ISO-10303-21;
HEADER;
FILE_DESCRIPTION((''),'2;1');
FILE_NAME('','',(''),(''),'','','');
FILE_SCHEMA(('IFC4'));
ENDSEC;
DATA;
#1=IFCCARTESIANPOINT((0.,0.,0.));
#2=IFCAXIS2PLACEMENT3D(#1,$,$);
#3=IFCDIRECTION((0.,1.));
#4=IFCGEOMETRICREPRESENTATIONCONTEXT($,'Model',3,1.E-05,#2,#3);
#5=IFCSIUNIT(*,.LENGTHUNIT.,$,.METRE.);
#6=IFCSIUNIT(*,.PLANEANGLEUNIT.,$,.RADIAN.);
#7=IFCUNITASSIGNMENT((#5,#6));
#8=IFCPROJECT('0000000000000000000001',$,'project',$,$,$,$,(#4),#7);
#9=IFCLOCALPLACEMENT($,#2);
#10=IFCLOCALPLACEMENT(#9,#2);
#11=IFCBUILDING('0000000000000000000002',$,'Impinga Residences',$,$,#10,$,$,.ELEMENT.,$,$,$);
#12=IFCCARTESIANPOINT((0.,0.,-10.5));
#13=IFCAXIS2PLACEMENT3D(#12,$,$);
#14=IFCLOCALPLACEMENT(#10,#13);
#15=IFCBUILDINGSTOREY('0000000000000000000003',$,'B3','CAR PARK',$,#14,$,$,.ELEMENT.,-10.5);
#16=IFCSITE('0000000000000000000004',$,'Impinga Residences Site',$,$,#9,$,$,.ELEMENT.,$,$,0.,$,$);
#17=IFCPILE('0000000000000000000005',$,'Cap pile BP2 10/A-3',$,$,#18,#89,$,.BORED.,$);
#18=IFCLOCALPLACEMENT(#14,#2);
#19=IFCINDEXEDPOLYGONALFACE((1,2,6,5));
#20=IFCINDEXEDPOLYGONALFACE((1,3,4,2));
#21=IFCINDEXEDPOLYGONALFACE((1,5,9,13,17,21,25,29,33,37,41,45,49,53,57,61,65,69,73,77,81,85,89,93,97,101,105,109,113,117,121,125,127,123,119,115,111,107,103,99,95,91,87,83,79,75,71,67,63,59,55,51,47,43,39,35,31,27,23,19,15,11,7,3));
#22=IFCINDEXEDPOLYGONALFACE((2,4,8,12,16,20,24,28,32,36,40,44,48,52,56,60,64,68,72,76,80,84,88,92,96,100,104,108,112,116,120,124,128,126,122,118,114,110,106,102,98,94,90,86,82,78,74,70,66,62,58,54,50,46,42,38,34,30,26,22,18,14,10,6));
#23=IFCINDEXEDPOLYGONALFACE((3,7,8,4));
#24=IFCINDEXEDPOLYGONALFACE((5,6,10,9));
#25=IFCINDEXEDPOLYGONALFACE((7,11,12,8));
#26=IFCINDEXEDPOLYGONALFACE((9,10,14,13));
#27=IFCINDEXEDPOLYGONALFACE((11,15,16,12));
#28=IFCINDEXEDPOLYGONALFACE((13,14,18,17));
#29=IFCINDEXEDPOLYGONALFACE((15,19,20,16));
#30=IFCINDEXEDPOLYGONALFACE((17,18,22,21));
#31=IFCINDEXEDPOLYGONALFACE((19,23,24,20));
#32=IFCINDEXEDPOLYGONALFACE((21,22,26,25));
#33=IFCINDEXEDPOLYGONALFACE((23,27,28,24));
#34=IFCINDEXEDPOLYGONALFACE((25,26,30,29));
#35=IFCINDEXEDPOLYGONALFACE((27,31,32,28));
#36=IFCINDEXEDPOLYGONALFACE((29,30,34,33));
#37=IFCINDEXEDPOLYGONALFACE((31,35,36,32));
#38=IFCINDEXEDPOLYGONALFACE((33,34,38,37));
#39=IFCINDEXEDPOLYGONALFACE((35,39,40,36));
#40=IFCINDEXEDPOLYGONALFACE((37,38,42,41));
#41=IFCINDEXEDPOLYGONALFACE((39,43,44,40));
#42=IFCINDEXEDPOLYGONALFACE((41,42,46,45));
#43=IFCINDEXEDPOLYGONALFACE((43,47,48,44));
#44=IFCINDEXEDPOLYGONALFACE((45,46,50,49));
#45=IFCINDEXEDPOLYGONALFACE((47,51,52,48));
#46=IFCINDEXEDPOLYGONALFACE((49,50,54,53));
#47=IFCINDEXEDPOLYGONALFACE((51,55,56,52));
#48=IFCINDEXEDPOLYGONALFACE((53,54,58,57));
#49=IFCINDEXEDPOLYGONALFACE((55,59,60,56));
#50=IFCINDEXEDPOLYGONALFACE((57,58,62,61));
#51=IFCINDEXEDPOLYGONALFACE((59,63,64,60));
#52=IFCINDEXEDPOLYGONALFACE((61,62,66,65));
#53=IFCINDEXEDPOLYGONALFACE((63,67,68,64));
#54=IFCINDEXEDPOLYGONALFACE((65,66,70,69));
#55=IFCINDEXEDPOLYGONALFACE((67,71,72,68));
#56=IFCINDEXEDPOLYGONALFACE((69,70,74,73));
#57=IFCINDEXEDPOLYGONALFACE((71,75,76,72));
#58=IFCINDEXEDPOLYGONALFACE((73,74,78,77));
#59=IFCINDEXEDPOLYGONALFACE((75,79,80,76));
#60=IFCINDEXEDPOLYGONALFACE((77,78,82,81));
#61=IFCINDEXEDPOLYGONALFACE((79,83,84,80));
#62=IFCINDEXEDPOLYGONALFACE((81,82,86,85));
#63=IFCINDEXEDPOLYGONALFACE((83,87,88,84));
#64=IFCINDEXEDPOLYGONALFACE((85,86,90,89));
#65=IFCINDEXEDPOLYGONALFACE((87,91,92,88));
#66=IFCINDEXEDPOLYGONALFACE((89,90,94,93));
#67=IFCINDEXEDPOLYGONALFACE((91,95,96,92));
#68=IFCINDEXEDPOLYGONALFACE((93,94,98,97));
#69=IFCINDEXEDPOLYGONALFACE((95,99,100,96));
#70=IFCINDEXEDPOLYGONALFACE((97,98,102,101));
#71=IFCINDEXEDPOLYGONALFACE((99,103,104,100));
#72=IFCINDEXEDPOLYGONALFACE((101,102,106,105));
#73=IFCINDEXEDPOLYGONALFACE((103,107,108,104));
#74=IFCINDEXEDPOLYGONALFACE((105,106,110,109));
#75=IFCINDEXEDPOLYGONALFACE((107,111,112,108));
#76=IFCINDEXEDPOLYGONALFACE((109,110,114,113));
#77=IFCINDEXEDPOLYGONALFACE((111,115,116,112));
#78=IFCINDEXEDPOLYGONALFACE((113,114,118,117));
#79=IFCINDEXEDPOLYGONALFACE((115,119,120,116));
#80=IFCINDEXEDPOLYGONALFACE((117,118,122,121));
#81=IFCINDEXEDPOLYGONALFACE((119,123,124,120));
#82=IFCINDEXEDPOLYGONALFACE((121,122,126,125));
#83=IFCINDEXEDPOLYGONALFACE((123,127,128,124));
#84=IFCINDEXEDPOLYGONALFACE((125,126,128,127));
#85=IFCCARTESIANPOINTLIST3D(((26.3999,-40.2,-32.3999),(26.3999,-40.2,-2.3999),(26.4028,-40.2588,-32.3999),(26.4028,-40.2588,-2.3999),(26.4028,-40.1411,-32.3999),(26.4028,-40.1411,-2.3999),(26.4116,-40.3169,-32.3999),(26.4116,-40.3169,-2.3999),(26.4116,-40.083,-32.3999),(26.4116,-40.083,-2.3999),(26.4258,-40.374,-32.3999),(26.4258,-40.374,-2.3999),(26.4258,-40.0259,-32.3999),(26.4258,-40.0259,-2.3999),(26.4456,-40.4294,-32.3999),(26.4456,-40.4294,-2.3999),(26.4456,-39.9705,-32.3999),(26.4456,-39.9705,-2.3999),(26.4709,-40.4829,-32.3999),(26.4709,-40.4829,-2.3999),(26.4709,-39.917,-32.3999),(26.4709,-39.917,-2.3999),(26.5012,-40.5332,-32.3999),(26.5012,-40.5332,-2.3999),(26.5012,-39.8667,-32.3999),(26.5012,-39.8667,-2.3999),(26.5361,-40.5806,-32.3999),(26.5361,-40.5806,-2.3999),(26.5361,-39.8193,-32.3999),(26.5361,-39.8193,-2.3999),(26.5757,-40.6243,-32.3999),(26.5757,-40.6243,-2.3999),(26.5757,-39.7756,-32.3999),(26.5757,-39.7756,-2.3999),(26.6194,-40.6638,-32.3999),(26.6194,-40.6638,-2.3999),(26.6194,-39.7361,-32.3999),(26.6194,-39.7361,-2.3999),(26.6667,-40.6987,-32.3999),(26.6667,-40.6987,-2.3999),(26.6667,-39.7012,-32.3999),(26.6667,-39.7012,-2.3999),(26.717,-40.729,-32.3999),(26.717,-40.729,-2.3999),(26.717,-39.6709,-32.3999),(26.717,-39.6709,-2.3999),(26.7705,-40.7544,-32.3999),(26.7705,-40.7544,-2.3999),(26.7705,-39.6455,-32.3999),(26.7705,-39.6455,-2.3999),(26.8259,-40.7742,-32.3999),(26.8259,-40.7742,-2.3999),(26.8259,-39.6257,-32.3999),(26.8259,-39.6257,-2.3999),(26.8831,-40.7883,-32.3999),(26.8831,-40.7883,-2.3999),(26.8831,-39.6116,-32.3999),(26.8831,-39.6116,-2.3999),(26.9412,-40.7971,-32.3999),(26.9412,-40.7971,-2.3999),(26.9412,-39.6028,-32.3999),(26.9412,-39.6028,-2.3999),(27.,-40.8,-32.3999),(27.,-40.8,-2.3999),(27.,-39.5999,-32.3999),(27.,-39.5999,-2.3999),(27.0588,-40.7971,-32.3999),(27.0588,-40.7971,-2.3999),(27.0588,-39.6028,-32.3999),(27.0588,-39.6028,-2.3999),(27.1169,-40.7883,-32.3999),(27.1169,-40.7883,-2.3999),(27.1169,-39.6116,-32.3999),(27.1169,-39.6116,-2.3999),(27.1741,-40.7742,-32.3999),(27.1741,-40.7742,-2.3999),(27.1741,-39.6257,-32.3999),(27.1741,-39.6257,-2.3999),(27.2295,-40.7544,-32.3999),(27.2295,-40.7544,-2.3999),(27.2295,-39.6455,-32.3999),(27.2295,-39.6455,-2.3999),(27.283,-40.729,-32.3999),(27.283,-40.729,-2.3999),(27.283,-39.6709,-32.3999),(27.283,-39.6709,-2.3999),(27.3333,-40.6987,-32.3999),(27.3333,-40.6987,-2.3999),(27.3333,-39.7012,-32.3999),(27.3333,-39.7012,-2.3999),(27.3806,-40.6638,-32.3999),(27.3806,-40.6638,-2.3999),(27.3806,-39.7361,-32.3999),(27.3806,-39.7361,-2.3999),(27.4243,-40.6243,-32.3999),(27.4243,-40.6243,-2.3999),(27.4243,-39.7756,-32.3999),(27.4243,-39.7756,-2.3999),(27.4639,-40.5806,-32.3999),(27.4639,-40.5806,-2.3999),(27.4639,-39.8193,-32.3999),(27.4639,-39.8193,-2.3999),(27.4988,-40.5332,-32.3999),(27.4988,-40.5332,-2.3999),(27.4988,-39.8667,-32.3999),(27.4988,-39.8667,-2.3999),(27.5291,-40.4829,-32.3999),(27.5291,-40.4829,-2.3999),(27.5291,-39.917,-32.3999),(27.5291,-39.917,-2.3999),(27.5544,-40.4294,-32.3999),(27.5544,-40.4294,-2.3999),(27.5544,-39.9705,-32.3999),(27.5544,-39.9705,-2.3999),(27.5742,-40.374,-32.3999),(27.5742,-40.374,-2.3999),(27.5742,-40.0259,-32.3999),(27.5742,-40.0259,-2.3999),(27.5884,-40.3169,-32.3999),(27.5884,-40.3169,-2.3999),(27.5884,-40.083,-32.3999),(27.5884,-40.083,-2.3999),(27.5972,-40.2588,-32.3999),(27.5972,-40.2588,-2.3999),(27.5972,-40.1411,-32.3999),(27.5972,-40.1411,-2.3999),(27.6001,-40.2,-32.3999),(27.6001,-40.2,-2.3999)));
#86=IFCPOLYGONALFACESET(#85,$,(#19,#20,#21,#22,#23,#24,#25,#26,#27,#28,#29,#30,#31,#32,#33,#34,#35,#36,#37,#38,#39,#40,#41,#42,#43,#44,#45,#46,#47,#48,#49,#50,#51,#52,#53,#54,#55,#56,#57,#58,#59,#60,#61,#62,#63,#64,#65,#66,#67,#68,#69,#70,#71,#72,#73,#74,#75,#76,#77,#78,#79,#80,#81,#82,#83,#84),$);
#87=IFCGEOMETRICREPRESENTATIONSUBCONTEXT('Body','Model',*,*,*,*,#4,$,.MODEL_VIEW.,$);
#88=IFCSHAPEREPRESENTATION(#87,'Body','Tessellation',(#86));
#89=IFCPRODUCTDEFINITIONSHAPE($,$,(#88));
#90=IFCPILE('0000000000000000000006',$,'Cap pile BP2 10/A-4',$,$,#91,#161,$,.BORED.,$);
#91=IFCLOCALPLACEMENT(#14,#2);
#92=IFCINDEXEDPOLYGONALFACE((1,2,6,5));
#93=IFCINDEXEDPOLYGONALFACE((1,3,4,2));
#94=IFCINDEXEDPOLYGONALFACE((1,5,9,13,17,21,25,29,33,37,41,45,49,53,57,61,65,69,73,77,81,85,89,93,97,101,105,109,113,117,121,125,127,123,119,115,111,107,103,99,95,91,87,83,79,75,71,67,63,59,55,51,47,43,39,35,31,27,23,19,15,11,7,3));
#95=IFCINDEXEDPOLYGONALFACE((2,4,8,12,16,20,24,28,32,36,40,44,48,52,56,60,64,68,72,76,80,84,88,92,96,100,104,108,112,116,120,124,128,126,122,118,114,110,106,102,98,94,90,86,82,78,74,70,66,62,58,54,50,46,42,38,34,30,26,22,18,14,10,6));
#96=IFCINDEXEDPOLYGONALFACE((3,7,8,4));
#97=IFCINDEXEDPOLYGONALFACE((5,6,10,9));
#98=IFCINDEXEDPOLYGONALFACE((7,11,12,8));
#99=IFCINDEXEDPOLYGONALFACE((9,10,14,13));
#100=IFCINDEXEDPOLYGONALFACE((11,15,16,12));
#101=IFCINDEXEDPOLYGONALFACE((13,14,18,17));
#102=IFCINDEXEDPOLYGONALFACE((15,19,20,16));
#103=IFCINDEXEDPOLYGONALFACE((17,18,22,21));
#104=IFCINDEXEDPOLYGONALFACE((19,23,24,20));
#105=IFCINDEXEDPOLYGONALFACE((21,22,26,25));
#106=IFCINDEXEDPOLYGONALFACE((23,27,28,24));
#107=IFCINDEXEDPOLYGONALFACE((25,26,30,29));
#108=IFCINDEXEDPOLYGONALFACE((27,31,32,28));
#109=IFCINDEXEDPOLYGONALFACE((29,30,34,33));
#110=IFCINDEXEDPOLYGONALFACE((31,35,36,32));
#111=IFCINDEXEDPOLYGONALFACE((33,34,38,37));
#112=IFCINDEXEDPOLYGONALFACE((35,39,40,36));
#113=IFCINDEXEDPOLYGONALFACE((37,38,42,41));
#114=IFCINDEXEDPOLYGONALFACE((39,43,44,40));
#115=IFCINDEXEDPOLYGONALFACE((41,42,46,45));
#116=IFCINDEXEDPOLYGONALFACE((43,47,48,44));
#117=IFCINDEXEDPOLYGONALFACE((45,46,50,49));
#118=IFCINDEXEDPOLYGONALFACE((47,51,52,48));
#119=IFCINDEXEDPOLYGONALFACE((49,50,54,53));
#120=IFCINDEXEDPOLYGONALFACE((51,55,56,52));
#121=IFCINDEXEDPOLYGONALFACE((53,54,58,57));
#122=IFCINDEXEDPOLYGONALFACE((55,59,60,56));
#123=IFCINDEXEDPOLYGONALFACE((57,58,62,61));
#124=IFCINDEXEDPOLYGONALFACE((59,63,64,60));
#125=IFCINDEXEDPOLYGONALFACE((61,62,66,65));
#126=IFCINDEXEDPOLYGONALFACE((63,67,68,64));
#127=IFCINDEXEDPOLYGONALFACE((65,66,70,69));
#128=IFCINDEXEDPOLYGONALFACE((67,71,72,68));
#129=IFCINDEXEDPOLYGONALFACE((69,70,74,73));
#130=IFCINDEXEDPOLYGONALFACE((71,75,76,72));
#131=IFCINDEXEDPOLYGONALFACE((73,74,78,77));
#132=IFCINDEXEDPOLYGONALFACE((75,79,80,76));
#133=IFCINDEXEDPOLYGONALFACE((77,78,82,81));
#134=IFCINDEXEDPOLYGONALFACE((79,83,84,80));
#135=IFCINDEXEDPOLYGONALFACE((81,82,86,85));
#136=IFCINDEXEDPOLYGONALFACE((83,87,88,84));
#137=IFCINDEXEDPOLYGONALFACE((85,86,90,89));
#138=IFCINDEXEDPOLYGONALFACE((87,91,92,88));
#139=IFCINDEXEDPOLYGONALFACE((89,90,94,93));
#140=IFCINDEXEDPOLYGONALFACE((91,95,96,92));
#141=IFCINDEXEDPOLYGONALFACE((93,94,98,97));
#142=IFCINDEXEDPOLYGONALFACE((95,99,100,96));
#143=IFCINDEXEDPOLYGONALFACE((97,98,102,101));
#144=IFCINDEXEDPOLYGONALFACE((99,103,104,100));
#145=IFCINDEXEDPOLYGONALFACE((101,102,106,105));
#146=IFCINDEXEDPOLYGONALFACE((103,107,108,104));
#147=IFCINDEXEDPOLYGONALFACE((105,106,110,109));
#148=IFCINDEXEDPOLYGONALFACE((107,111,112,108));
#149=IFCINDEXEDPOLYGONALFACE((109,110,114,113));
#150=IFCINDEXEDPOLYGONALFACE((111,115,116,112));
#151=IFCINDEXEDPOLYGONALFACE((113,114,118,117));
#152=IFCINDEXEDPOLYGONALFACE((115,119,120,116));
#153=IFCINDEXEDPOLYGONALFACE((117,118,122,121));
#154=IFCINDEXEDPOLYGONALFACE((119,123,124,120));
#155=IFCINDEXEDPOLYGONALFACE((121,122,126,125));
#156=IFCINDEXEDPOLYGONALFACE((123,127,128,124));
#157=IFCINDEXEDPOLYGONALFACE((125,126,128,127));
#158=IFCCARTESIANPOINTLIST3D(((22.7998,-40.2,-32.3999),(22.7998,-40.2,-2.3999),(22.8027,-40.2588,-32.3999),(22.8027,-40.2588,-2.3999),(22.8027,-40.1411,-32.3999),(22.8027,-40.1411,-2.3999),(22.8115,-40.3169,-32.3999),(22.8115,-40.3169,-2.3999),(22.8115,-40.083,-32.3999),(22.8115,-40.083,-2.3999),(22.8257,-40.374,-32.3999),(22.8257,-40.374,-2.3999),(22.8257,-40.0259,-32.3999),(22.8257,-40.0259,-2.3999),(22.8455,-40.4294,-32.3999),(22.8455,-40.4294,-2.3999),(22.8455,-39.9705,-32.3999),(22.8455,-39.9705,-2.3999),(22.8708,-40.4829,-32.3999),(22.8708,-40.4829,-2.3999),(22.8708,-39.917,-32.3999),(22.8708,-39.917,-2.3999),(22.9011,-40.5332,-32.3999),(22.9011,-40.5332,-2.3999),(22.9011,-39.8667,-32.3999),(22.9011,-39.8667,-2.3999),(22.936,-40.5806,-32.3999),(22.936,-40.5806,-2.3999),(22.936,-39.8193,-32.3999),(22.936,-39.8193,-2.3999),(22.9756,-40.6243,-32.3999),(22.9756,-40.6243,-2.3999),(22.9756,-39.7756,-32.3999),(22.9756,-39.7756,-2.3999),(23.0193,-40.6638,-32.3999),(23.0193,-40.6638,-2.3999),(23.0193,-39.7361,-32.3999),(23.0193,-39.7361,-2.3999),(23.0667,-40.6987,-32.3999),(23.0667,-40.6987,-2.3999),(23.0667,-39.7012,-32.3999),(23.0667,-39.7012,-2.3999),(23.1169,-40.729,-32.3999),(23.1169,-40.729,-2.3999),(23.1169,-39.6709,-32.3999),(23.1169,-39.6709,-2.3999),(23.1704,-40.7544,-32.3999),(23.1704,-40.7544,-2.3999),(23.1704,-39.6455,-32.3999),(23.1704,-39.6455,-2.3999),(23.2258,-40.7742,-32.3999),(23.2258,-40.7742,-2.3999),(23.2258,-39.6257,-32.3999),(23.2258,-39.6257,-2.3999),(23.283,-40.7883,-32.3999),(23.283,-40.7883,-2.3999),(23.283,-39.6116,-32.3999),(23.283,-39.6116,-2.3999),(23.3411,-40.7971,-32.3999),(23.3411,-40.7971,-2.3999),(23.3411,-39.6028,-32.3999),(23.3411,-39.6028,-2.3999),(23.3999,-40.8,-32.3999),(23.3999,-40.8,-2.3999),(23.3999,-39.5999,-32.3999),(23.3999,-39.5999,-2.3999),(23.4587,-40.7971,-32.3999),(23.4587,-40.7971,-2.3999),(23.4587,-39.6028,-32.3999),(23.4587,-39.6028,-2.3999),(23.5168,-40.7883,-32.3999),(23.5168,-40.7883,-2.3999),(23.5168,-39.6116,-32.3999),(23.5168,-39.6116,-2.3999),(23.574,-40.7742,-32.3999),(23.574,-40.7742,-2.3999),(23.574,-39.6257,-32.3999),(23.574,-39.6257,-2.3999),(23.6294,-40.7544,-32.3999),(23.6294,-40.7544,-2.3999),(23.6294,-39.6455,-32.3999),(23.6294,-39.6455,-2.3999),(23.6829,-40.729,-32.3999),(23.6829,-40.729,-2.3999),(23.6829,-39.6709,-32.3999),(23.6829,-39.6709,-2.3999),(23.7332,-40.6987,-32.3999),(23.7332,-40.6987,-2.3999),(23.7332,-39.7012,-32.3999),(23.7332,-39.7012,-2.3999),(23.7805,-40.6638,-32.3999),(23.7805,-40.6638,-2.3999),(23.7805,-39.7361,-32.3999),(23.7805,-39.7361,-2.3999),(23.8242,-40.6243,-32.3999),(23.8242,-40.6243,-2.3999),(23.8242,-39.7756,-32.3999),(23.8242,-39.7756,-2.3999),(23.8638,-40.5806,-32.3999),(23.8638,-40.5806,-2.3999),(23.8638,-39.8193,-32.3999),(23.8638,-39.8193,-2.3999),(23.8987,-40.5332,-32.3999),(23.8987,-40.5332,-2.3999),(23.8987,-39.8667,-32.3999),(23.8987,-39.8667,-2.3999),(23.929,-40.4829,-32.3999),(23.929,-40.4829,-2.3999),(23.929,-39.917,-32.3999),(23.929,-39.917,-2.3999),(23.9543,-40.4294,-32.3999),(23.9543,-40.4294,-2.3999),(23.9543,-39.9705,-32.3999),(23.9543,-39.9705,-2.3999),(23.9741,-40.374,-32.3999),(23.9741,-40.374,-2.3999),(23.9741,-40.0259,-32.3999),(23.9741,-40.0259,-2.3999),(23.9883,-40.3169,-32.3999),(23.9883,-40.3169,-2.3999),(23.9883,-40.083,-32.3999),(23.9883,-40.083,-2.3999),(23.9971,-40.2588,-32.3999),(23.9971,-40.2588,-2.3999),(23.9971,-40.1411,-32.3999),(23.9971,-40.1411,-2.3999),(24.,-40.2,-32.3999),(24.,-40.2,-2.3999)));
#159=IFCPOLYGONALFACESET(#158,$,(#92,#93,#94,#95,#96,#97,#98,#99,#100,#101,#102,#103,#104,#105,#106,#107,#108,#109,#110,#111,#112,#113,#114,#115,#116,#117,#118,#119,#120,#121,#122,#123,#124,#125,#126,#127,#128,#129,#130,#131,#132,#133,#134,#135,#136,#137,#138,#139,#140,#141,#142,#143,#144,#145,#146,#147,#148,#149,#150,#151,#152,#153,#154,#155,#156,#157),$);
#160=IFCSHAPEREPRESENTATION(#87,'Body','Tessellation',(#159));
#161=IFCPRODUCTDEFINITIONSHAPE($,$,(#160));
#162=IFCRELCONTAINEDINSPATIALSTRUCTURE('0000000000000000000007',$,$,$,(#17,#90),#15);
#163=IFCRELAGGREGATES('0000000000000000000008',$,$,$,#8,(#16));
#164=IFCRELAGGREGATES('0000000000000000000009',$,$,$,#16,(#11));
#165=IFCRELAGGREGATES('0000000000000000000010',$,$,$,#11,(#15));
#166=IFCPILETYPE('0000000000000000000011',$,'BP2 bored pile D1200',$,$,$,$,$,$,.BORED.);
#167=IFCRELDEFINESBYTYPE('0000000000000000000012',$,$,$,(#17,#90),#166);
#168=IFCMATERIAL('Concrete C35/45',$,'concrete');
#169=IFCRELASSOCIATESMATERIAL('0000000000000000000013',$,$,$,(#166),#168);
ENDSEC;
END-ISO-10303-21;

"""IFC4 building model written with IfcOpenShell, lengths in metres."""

from ifc_helpers import new_model, si_unit, direction, frame, origin, origin_2d, place, context, subcontext, project, spatial, polyline, circle, outline, extrude, material, material_profile, profile_set, type_object, element, save


model = new_model("IFC4")

# Units and contexts
model_context = context("Model", 3, precision=1e-05, world=origin(), true_north=direction((0.0, 1.0)))
body_context = subcontext(model_context, "Body", "Model", "MODEL_VIEW")
ifc_project = project(units=[si_unit("LENGTHUNIT", "METRE"), si_unit("PLANEANGLEUNIT", "RADIAN")], contexts=[model_context])

# Site, building, storey
site_placement = place(None, origin())
site = spatial("IfcSite", under=ifc_project, at=site_placement, Name="Impinga Residences Site", CompositionType="ELEMENT", RefElevation=0.0)
building_placement = place(site_placement, origin())
building = spatial("IfcBuilding", under=site, at=building_placement, Name="Impinga Residences", CompositionType="ELEMENT")
storey_placement = place(building_placement, frame((0.0, 0.0, -10.5)))
storey = spatial("IfcBuildingStorey", under=building, at=storey_placement, Name="B3", Description="CAR PARK", CompositionType="ELEMENT", Elevation=-10.5)

# Piles
ifc_material_1 = material(Name="Concrete C35/45", Category="concrete")
ifc_material_profile_1 = material_profile(ifc_material_1, circle(Radius=0.6001, at=origin_2d()), Name="D1200")
ifc_profile_set_1 = profile_set([ifc_material_profile_1], Name="Concrete C35/45")
pile_type_1 = type_object("IfcPileType", Name="BP2 bored pile D1200", PredefinedType="BORED", material=ifc_profile_set_1)
pile_1_placement = place(storey_placement, frame((27.0, -40.2, -2.3999), z_axis=(0.0, 0.0, -1.0), x_axis=(1.0, 0.0, 0.0)))
element("IfcPile", 1, at=pile_1_placement, inside=storey, type_object=pile_type_1, Name="Cap pile BP2 10/A-3", PredefinedType="BORED", context=body_context, shape_type="SweptSolid", body=[
    extrude(outline(polyline([(0.6001, 0.0), (0.5972, 0.0588), (0.5884, 0.1169), (0.5742, 0.1741), (0.5544, 0.2295), (0.5291, 0.283), (0.4988, 0.3333), (0.4639, 0.3806), (0.4243, 0.4243), (0.3806, 0.4639), (0.3333, 0.4988), (0.283, 0.5291), (0.2295, 0.5544), (0.1741, 0.5742), (0.1169, 0.5884), (0.0588, 0.5972), (0.0, 0.6001), (-0.0588, 0.5972), (-0.1169, 0.5884), (-0.1741, 0.5742), (-0.2295, 0.5544), (-0.283, 0.5291), (-0.3333, 0.4988), (-0.3806, 0.4639), (-0.4243, 0.4243), (-0.4639, 0.3806), (-0.4988, 0.3333), (-0.5291, 0.283), (-0.5544, 0.2295), (-0.5742, 0.1741), (-0.5884, 0.1169), (-0.5972, 0.0588), (-0.6001, 0.0), (-0.5972, -0.0588), (-0.5884, -0.1169), (-0.5742, -0.1741), (-0.5544, -0.2295), (-0.5291, -0.283), (-0.4988, -0.3333), (-0.4639, -0.3806), (-0.4243, -0.4243), (-0.3806, -0.4639), (-0.3333, -0.4988), (-0.283, -0.5291), (-0.2295, -0.5544), (-0.1741, -0.5742), (-0.1169, -0.5884), (-0.0588, -0.5972), (0.0, -0.6001), (0.0588, -0.5972), (0.1169, -0.5884), (0.1741, -0.5742), (0.2295, -0.5544), (0.283, -0.5291), (0.3333, -0.4988), (0.3806, -0.4639), (0.4243, -0.4243), (0.4639, -0.3806), (0.4988, -0.3333), (0.5291, -0.283), (0.5544, -0.2295), (0.5742, -0.1741), (0.5884, -0.1169), (0.5972, -0.0588), (0.6001, 0.0)])), origin(), (0.0, 0.0, 1.0), 30.0),
])
pile_2_placement = place(storey_placement, frame((23.3999, -40.2, -2.3999), z_axis=(0.0, 0.0, -1.0), x_axis=(1.0, 0.0, 0.0)))
element("IfcPile", 2, at=pile_2_placement, inside=storey, type_object=pile_type_1, Name="Cap pile BP2 10/A-4", PredefinedType="BORED", context=body_context, shape_type="SweptSolid", body=[
    extrude(outline(polyline([(0.6001, 0.0), (0.5972, 0.0588), (0.5884, 0.1169), (0.5742, 0.1741), (0.5544, 0.2295), (0.5291, 0.283), (0.4988, 0.3333), (0.4639, 0.3806), (0.4243, 0.4243), (0.3806, 0.4639), (0.3333, 0.4988), (0.283, 0.5291), (0.2295, 0.5544), (0.1741, 0.5742), (0.1169, 0.5884), (0.0588, 0.5972), (0.0, 0.6001), (-0.0588, 0.5972), (-0.1169, 0.5884), (-0.1741, 0.5742), (-0.2295, 0.5544), (-0.283, 0.5291), (-0.3333, 0.4988), (-0.3806, 0.4639), (-0.4243, 0.4243), (-0.4639, 0.3806), (-0.4988, 0.3333), (-0.5291, 0.283), (-0.5544, 0.2295), (-0.5742, 0.1741), (-0.5884, 0.1169), (-0.5972, 0.0588), (-0.6001, 0.0), (-0.5972, -0.0588), (-0.5884, -0.1169), (-0.5742, -0.1741), (-0.5544, -0.2295), (-0.5291, -0.283), (-0.4988, -0.3333), (-0.4639, -0.3806), (-0.4243, -0.4243), (-0.3806, -0.4639), (-0.3333, -0.4988), (-0.283, -0.5291), (-0.2295, -0.5544), (-0.1741, -0.5742), (-0.1169, -0.5884), (-0.0588, -0.5972), (0.0, -0.6001), (0.0588, -0.5972), (0.1169, -0.5884), (0.1741, -0.5742), (0.2295, -0.5544), (0.283, -0.5291), (0.3333, -0.4988), (0.3806, -0.4639), (0.4243, -0.4243), (0.4639, -0.3806), (0.4988, -0.3333), (0.5291, -0.283), (0.5544, -0.2295), (0.5742, -0.1741), (0.5884, -0.1169), (0.5972, -0.0588), (0.6001, 0.0)])), origin(), (0.0, 0.0, 1.0), 30.0),
])

save(model, "model.ifc")
